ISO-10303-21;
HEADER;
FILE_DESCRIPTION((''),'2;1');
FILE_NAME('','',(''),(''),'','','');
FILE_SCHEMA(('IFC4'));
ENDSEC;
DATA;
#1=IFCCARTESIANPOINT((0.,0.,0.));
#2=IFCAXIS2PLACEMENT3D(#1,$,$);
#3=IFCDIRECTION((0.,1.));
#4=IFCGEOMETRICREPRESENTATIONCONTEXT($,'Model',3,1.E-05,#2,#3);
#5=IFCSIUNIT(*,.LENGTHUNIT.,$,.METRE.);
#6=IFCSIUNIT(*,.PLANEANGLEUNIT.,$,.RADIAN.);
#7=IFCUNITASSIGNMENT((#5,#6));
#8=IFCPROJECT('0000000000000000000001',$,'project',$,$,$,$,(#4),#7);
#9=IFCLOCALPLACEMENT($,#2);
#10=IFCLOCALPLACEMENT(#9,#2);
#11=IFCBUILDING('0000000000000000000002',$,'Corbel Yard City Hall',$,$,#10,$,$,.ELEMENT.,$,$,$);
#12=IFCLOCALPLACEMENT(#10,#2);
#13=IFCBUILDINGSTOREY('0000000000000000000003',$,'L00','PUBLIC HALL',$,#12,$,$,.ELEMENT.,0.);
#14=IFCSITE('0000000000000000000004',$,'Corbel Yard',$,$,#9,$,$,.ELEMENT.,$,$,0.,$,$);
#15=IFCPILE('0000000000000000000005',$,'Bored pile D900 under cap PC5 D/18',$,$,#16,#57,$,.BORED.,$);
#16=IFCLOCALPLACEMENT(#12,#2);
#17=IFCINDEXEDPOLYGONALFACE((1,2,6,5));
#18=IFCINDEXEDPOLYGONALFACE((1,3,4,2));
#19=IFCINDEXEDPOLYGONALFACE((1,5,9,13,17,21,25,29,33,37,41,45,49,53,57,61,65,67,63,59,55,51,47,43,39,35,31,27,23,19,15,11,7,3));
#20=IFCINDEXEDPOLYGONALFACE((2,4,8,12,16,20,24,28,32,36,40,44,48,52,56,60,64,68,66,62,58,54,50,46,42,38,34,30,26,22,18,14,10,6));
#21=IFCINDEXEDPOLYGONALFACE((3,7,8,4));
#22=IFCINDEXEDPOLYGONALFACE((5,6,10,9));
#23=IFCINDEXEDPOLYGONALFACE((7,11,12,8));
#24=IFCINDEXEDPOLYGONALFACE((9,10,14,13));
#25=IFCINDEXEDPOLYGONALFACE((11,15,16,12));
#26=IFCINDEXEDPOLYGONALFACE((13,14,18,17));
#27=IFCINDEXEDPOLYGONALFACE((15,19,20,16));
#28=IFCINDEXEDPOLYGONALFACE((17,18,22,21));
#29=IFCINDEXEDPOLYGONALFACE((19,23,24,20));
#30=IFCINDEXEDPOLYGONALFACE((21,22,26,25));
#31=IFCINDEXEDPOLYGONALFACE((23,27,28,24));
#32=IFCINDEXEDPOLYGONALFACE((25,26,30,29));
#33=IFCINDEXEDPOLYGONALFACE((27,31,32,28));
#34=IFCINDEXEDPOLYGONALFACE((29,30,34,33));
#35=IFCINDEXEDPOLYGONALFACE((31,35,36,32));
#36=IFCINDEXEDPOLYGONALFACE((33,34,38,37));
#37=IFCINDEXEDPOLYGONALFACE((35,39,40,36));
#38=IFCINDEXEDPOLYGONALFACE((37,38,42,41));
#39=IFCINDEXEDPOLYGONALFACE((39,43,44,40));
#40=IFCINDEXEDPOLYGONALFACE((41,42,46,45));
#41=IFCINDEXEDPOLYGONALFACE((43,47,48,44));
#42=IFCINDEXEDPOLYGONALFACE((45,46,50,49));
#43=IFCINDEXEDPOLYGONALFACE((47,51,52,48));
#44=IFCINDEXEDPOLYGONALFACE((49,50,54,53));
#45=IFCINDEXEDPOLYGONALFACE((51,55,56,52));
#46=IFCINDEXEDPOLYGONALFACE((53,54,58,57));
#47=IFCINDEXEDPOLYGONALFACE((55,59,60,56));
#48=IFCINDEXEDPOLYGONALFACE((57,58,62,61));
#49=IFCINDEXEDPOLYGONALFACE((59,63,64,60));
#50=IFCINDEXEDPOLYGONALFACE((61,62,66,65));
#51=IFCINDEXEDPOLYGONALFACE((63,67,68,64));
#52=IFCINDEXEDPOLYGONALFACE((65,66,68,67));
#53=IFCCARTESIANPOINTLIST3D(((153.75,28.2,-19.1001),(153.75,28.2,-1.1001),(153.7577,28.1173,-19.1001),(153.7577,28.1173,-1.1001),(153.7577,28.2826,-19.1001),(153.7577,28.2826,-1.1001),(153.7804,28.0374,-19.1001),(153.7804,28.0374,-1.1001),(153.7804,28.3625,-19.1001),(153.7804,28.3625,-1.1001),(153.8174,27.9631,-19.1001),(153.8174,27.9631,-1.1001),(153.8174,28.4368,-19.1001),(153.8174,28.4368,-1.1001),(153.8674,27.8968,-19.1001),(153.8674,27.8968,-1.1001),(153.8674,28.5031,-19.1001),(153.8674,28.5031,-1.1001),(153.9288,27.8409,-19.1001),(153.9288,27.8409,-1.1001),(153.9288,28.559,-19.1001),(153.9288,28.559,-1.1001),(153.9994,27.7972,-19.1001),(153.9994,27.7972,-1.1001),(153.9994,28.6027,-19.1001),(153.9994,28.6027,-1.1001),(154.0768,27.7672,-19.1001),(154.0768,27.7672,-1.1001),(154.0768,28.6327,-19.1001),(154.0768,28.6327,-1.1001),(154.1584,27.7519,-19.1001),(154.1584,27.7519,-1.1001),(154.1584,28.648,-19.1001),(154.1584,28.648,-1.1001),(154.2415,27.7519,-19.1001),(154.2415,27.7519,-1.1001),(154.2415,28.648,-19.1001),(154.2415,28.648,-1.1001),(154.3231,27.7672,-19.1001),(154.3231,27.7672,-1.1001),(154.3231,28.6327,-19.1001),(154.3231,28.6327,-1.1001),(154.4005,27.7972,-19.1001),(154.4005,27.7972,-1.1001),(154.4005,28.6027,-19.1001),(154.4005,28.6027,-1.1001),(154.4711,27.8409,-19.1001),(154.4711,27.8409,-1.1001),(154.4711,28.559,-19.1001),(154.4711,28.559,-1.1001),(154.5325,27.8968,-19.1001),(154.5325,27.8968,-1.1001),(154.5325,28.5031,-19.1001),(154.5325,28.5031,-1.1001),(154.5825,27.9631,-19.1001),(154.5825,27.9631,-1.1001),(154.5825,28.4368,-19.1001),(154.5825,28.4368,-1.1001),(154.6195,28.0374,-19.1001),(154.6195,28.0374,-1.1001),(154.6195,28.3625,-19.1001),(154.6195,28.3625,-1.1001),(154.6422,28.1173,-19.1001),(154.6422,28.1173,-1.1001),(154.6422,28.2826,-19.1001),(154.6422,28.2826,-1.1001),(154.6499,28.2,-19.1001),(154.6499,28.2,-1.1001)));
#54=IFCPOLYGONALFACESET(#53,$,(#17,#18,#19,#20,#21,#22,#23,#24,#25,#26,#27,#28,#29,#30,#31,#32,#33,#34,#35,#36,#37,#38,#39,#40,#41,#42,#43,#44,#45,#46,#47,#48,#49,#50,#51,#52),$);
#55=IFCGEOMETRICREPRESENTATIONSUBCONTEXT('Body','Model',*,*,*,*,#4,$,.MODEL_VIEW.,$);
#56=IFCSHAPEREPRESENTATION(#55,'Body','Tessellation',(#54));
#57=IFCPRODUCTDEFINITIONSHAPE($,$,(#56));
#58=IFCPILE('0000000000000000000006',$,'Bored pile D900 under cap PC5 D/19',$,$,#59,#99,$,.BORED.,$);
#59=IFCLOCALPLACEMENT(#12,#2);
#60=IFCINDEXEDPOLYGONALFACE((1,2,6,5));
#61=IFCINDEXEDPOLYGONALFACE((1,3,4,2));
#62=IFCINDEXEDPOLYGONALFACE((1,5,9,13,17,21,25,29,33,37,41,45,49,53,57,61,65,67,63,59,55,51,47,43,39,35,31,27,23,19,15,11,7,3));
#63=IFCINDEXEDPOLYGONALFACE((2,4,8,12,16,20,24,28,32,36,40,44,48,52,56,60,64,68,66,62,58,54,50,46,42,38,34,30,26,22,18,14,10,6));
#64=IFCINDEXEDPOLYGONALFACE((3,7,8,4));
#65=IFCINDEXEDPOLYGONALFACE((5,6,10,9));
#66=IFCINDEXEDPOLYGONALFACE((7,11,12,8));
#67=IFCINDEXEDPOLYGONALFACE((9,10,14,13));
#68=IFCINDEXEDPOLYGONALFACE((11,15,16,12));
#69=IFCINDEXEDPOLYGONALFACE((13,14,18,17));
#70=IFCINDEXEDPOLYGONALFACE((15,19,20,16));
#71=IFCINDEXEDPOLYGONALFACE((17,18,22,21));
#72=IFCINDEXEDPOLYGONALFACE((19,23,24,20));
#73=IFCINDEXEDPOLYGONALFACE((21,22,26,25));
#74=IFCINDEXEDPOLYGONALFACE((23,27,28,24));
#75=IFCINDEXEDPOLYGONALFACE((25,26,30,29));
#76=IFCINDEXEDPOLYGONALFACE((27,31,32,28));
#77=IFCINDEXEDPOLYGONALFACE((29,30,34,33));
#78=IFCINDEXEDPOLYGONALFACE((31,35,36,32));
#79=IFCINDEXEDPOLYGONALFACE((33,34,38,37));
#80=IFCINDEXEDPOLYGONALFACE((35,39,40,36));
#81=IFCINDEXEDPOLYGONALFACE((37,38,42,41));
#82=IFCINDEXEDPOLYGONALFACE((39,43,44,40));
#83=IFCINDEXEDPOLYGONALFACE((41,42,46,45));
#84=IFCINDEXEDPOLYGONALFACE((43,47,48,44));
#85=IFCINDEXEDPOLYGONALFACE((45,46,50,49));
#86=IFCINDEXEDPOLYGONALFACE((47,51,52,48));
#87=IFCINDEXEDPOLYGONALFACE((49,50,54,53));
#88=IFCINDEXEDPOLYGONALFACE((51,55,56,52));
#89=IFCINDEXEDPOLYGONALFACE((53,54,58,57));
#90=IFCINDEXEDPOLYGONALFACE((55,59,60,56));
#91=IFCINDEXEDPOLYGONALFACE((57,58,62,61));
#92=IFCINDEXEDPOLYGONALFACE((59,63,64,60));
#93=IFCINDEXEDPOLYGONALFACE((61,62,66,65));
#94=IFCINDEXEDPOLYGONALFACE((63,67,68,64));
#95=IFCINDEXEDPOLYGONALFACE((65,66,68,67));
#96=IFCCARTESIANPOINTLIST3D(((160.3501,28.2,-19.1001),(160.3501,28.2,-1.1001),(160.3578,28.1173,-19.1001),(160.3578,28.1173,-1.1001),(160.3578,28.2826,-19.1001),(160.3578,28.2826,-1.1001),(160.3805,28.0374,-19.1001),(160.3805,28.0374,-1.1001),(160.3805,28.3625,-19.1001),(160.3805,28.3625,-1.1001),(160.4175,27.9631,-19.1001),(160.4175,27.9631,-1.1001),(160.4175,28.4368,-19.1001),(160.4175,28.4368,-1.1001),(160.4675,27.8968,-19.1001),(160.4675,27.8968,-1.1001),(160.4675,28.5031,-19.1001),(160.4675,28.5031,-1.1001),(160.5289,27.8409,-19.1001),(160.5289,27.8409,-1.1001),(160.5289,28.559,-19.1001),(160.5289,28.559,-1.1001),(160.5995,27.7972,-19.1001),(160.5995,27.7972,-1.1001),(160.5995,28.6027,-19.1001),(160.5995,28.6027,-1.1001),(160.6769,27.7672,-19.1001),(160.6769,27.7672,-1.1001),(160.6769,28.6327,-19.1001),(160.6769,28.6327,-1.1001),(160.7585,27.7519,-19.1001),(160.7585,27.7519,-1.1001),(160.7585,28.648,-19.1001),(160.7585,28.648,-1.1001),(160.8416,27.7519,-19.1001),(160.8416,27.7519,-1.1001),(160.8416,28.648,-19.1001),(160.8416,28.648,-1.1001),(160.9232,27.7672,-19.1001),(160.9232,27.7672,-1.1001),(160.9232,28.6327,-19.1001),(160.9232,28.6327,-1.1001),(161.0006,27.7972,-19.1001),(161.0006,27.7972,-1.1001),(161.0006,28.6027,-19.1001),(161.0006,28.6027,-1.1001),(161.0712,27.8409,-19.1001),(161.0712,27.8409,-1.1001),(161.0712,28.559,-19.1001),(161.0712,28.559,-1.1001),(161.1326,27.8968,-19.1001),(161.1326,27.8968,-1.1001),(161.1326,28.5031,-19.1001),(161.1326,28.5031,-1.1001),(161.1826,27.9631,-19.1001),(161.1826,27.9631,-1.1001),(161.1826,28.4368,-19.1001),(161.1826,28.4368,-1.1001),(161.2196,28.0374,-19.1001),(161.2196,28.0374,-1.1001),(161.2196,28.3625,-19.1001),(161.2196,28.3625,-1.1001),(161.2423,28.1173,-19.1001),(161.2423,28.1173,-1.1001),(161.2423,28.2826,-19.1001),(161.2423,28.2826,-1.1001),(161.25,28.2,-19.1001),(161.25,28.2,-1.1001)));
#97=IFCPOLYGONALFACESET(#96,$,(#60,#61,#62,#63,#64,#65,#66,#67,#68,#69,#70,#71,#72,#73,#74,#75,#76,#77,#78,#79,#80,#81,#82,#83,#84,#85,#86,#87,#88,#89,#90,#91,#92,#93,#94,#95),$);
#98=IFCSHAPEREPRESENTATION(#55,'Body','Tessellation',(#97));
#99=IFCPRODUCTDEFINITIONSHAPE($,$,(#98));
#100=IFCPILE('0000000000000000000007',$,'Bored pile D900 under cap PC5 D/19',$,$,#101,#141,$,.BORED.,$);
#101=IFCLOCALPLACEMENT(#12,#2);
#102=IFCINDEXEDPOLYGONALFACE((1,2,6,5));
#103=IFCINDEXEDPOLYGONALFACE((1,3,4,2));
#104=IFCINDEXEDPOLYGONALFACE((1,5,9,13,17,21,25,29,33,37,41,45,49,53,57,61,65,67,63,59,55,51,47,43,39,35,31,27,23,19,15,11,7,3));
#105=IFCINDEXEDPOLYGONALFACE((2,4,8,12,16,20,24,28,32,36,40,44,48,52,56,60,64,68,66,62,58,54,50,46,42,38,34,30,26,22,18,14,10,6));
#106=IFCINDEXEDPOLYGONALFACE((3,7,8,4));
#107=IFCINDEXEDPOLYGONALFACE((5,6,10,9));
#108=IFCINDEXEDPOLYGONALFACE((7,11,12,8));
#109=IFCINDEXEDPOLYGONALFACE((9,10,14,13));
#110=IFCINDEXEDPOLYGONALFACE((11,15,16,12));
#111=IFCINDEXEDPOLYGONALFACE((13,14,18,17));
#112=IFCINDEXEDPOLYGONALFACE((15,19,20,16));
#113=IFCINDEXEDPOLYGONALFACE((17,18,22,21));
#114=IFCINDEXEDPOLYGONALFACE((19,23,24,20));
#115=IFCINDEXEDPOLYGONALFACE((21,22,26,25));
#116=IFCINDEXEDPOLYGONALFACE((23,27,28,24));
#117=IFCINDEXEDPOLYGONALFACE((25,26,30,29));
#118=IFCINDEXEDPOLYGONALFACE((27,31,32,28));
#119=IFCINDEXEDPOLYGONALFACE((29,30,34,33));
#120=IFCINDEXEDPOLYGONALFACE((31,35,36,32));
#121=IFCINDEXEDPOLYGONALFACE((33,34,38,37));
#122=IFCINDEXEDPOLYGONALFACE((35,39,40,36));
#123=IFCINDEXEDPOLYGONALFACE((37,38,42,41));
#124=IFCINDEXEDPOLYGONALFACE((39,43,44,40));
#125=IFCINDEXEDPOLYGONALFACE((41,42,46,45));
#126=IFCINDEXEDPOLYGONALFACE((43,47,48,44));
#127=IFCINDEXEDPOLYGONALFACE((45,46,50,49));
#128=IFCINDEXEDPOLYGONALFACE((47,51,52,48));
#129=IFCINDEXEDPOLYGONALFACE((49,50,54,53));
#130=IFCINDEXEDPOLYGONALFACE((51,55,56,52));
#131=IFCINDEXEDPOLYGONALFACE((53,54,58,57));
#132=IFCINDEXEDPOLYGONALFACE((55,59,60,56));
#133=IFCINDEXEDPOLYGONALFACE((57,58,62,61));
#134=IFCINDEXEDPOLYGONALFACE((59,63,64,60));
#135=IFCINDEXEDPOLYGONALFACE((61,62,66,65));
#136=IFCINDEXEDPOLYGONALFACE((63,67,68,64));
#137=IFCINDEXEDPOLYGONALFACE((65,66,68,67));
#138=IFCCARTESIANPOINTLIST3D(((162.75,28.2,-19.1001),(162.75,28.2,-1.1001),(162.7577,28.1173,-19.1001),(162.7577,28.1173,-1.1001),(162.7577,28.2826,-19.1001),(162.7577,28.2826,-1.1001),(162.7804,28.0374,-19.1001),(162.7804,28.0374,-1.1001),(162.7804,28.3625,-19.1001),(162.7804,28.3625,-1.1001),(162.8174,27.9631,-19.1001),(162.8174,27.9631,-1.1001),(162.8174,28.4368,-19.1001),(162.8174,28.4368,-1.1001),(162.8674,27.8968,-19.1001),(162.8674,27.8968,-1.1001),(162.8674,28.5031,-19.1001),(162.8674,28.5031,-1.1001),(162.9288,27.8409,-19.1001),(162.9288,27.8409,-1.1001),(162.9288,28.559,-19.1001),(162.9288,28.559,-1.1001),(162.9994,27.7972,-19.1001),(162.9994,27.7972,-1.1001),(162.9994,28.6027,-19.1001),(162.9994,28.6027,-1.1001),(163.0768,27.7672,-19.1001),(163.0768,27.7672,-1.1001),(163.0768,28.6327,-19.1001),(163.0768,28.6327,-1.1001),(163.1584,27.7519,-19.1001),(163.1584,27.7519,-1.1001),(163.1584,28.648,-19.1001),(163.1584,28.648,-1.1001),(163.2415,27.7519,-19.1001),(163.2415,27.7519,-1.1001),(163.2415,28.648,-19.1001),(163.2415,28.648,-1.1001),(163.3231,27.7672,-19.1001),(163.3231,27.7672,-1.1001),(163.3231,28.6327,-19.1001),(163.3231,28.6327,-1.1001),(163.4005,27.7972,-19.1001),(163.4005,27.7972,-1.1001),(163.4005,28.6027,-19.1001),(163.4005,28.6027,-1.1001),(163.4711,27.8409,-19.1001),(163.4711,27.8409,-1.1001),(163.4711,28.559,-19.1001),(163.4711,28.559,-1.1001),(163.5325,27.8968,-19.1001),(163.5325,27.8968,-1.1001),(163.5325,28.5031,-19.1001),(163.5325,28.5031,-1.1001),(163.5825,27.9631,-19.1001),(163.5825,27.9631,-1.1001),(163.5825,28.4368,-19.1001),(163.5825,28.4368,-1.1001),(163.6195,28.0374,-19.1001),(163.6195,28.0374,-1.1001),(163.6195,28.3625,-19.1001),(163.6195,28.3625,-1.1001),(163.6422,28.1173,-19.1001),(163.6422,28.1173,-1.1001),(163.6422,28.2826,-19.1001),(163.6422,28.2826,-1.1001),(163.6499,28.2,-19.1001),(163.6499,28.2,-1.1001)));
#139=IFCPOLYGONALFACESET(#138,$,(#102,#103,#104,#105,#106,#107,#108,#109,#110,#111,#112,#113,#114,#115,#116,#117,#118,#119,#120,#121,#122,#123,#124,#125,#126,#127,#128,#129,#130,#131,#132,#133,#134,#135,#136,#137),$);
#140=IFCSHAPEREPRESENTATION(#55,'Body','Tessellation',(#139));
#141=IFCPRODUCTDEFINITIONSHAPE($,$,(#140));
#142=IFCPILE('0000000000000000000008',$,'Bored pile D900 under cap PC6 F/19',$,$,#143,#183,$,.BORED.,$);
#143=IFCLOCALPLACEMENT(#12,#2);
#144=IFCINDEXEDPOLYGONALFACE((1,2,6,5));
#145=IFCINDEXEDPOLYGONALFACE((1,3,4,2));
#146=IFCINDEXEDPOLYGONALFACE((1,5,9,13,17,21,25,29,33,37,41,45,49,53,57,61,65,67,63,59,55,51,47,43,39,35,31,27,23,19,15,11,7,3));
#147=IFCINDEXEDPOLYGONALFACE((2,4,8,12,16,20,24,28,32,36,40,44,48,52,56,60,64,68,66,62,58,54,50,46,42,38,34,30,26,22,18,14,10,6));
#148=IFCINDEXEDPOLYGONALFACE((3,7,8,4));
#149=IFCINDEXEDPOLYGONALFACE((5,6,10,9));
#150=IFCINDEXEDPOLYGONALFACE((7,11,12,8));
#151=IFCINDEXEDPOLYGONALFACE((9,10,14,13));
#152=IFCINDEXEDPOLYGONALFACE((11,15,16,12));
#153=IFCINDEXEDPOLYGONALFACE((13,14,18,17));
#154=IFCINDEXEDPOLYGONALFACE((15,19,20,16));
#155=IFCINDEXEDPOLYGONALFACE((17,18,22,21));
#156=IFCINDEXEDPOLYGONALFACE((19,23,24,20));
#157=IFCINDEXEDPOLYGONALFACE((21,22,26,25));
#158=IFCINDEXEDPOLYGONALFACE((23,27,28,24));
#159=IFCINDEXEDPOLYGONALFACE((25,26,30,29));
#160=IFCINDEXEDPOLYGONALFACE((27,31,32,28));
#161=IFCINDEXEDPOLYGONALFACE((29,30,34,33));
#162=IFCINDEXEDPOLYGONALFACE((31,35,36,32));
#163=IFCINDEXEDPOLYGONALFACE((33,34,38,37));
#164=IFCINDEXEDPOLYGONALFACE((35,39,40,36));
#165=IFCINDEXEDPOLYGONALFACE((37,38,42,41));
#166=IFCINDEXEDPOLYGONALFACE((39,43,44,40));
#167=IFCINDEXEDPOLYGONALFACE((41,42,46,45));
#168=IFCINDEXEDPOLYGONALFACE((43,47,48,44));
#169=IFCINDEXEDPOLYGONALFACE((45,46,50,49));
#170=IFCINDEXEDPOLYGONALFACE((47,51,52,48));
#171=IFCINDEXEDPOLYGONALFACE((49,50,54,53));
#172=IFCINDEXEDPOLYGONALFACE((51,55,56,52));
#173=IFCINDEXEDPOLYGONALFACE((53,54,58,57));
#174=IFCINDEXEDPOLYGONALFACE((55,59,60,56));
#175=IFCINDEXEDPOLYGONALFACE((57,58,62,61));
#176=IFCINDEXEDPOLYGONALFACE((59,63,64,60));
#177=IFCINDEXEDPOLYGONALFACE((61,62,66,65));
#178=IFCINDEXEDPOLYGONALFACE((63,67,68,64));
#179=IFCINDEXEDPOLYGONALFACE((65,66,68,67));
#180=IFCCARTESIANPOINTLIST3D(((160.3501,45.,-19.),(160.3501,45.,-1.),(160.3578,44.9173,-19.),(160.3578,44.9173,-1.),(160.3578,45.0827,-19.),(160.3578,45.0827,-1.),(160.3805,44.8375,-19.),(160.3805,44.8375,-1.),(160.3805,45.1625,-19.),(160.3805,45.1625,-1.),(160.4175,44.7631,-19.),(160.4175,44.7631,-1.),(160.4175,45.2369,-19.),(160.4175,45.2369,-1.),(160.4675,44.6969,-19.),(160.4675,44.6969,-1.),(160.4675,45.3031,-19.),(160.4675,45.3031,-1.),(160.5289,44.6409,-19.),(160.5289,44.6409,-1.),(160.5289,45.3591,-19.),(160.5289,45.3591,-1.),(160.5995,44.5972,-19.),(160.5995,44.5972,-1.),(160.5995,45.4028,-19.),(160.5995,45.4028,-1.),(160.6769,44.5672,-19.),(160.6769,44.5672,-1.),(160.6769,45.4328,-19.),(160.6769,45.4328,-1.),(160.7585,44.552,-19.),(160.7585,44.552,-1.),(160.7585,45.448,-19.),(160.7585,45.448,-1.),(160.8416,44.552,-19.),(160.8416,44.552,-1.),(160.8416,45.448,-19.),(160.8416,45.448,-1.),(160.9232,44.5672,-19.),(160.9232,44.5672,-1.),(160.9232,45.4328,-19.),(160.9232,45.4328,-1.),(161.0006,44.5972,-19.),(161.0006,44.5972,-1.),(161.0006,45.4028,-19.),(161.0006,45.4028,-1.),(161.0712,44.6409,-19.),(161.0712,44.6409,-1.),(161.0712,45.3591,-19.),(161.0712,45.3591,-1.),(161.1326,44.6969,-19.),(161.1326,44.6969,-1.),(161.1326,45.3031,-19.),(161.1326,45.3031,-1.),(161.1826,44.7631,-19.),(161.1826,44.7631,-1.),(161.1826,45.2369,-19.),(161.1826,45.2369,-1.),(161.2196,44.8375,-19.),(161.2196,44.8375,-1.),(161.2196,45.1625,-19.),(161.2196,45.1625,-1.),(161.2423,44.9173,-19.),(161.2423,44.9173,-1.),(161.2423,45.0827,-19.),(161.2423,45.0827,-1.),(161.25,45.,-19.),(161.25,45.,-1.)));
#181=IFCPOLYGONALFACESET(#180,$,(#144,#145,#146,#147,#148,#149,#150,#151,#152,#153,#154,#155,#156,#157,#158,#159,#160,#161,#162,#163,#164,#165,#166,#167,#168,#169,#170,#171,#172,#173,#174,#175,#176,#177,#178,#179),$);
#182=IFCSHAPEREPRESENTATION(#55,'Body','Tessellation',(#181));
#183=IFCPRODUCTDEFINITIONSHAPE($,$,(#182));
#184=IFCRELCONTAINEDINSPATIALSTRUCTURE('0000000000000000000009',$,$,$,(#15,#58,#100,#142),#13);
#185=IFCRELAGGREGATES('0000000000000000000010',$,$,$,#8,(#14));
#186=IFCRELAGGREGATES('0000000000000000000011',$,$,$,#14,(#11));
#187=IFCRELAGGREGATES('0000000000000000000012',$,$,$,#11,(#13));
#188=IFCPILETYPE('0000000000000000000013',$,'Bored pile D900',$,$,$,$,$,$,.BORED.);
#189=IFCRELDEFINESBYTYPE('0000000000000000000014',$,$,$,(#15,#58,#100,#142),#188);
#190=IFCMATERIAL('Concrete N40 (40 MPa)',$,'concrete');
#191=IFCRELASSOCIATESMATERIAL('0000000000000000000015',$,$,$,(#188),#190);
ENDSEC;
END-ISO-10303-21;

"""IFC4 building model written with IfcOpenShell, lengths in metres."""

from ifc_helpers import new_model, si_unit, direction, frame, origin, origin_2d, place, context, subcontext, project, spatial, circle, extrude, material, material_profile, profile_set, type_object, element, save


model = new_model("IFC4")

# Units and contexts
model_context = context("Model", 3, precision=1e-05, world=origin(), true_north=direction((0.0, 1.0)))
body_context = subcontext(model_context, "Body", "Model", "MODEL_VIEW")
ifc_project = project(units=[si_unit("LENGTHUNIT", "METRE"), si_unit("PLANEANGLEUNIT", "RADIAN")], contexts=[model_context])

# Site, building, storey
site_placement = place(None, origin())
site = spatial("IfcSite", under=ifc_project, at=site_placement, Name="Corbel Yard", CompositionType="ELEMENT", RefElevation=0.0)
building_placement = place(site_placement, origin())
building = spatial("IfcBuilding", under=site, at=building_placement, Name="Corbel Yard City Hall", CompositionType="ELEMENT")
storey_placement = place(building_placement, origin())
storey = spatial("IfcBuildingStorey", under=building, at=storey_placement, Name="L00", Description="PUBLIC HALL", CompositionType="ELEMENT", Elevation=0.0)

# Piles
ifc_material_1 = material(Name="Concrete N40 (40 MPa)", Category="concrete")
ifc_material_profile_1 = material_profile(ifc_material_1, circle(Radius=0.45, at=origin_2d()), Name="D900")
ifc_profile_set_1 = profile_set([ifc_material_profile_1], Name="Concrete N40 (40 MPa)")
pile_type = type_object("IfcPileType", Name="Bored pile D900", PredefinedType="BORED", material=ifc_profile_set_1)
for number, where, z_axis, x_axis, name in (
    (1, (154.2, 28.2, -1.1001), (0.0, 0.0, -1.0), (1.0, 0.0, 0.0), "Bored pile D900 under cap PC5 D/18"),
    (2, (160.8, 28.2, -1.1001), (0.0, 0.0, -1.0), (1.0, 0.0, 0.0), "Bored pile D900 under cap PC5 D/19"),
    (3, (163.2, 28.2, -1.1001), (0.0, 0.0, -1.0), (1.0, 0.0, 0.0), "Bored pile D900 under cap PC5 D/19"),
    (4, (160.8, 45.0, -1.0), (0.0, 0.0, -1.0), (1.0, 0.0, 0.0), "Bored pile D900 under cap PC6 F/19"),
):
    element("IfcPile", number, at=place(storey_placement, frame(where, z_axis=z_axis, x_axis=x_axis)), inside=storey, type_object=pile_type, Name=name, PredefinedType="BORED", context=body_context, shape_type="SweptSolid", body=[
        extrude(circle(Radius=0.45, at=origin_2d()), origin(), (0.0, 0.0, 1.0), 18.0),
    ])

save(model, "model.ifc")
